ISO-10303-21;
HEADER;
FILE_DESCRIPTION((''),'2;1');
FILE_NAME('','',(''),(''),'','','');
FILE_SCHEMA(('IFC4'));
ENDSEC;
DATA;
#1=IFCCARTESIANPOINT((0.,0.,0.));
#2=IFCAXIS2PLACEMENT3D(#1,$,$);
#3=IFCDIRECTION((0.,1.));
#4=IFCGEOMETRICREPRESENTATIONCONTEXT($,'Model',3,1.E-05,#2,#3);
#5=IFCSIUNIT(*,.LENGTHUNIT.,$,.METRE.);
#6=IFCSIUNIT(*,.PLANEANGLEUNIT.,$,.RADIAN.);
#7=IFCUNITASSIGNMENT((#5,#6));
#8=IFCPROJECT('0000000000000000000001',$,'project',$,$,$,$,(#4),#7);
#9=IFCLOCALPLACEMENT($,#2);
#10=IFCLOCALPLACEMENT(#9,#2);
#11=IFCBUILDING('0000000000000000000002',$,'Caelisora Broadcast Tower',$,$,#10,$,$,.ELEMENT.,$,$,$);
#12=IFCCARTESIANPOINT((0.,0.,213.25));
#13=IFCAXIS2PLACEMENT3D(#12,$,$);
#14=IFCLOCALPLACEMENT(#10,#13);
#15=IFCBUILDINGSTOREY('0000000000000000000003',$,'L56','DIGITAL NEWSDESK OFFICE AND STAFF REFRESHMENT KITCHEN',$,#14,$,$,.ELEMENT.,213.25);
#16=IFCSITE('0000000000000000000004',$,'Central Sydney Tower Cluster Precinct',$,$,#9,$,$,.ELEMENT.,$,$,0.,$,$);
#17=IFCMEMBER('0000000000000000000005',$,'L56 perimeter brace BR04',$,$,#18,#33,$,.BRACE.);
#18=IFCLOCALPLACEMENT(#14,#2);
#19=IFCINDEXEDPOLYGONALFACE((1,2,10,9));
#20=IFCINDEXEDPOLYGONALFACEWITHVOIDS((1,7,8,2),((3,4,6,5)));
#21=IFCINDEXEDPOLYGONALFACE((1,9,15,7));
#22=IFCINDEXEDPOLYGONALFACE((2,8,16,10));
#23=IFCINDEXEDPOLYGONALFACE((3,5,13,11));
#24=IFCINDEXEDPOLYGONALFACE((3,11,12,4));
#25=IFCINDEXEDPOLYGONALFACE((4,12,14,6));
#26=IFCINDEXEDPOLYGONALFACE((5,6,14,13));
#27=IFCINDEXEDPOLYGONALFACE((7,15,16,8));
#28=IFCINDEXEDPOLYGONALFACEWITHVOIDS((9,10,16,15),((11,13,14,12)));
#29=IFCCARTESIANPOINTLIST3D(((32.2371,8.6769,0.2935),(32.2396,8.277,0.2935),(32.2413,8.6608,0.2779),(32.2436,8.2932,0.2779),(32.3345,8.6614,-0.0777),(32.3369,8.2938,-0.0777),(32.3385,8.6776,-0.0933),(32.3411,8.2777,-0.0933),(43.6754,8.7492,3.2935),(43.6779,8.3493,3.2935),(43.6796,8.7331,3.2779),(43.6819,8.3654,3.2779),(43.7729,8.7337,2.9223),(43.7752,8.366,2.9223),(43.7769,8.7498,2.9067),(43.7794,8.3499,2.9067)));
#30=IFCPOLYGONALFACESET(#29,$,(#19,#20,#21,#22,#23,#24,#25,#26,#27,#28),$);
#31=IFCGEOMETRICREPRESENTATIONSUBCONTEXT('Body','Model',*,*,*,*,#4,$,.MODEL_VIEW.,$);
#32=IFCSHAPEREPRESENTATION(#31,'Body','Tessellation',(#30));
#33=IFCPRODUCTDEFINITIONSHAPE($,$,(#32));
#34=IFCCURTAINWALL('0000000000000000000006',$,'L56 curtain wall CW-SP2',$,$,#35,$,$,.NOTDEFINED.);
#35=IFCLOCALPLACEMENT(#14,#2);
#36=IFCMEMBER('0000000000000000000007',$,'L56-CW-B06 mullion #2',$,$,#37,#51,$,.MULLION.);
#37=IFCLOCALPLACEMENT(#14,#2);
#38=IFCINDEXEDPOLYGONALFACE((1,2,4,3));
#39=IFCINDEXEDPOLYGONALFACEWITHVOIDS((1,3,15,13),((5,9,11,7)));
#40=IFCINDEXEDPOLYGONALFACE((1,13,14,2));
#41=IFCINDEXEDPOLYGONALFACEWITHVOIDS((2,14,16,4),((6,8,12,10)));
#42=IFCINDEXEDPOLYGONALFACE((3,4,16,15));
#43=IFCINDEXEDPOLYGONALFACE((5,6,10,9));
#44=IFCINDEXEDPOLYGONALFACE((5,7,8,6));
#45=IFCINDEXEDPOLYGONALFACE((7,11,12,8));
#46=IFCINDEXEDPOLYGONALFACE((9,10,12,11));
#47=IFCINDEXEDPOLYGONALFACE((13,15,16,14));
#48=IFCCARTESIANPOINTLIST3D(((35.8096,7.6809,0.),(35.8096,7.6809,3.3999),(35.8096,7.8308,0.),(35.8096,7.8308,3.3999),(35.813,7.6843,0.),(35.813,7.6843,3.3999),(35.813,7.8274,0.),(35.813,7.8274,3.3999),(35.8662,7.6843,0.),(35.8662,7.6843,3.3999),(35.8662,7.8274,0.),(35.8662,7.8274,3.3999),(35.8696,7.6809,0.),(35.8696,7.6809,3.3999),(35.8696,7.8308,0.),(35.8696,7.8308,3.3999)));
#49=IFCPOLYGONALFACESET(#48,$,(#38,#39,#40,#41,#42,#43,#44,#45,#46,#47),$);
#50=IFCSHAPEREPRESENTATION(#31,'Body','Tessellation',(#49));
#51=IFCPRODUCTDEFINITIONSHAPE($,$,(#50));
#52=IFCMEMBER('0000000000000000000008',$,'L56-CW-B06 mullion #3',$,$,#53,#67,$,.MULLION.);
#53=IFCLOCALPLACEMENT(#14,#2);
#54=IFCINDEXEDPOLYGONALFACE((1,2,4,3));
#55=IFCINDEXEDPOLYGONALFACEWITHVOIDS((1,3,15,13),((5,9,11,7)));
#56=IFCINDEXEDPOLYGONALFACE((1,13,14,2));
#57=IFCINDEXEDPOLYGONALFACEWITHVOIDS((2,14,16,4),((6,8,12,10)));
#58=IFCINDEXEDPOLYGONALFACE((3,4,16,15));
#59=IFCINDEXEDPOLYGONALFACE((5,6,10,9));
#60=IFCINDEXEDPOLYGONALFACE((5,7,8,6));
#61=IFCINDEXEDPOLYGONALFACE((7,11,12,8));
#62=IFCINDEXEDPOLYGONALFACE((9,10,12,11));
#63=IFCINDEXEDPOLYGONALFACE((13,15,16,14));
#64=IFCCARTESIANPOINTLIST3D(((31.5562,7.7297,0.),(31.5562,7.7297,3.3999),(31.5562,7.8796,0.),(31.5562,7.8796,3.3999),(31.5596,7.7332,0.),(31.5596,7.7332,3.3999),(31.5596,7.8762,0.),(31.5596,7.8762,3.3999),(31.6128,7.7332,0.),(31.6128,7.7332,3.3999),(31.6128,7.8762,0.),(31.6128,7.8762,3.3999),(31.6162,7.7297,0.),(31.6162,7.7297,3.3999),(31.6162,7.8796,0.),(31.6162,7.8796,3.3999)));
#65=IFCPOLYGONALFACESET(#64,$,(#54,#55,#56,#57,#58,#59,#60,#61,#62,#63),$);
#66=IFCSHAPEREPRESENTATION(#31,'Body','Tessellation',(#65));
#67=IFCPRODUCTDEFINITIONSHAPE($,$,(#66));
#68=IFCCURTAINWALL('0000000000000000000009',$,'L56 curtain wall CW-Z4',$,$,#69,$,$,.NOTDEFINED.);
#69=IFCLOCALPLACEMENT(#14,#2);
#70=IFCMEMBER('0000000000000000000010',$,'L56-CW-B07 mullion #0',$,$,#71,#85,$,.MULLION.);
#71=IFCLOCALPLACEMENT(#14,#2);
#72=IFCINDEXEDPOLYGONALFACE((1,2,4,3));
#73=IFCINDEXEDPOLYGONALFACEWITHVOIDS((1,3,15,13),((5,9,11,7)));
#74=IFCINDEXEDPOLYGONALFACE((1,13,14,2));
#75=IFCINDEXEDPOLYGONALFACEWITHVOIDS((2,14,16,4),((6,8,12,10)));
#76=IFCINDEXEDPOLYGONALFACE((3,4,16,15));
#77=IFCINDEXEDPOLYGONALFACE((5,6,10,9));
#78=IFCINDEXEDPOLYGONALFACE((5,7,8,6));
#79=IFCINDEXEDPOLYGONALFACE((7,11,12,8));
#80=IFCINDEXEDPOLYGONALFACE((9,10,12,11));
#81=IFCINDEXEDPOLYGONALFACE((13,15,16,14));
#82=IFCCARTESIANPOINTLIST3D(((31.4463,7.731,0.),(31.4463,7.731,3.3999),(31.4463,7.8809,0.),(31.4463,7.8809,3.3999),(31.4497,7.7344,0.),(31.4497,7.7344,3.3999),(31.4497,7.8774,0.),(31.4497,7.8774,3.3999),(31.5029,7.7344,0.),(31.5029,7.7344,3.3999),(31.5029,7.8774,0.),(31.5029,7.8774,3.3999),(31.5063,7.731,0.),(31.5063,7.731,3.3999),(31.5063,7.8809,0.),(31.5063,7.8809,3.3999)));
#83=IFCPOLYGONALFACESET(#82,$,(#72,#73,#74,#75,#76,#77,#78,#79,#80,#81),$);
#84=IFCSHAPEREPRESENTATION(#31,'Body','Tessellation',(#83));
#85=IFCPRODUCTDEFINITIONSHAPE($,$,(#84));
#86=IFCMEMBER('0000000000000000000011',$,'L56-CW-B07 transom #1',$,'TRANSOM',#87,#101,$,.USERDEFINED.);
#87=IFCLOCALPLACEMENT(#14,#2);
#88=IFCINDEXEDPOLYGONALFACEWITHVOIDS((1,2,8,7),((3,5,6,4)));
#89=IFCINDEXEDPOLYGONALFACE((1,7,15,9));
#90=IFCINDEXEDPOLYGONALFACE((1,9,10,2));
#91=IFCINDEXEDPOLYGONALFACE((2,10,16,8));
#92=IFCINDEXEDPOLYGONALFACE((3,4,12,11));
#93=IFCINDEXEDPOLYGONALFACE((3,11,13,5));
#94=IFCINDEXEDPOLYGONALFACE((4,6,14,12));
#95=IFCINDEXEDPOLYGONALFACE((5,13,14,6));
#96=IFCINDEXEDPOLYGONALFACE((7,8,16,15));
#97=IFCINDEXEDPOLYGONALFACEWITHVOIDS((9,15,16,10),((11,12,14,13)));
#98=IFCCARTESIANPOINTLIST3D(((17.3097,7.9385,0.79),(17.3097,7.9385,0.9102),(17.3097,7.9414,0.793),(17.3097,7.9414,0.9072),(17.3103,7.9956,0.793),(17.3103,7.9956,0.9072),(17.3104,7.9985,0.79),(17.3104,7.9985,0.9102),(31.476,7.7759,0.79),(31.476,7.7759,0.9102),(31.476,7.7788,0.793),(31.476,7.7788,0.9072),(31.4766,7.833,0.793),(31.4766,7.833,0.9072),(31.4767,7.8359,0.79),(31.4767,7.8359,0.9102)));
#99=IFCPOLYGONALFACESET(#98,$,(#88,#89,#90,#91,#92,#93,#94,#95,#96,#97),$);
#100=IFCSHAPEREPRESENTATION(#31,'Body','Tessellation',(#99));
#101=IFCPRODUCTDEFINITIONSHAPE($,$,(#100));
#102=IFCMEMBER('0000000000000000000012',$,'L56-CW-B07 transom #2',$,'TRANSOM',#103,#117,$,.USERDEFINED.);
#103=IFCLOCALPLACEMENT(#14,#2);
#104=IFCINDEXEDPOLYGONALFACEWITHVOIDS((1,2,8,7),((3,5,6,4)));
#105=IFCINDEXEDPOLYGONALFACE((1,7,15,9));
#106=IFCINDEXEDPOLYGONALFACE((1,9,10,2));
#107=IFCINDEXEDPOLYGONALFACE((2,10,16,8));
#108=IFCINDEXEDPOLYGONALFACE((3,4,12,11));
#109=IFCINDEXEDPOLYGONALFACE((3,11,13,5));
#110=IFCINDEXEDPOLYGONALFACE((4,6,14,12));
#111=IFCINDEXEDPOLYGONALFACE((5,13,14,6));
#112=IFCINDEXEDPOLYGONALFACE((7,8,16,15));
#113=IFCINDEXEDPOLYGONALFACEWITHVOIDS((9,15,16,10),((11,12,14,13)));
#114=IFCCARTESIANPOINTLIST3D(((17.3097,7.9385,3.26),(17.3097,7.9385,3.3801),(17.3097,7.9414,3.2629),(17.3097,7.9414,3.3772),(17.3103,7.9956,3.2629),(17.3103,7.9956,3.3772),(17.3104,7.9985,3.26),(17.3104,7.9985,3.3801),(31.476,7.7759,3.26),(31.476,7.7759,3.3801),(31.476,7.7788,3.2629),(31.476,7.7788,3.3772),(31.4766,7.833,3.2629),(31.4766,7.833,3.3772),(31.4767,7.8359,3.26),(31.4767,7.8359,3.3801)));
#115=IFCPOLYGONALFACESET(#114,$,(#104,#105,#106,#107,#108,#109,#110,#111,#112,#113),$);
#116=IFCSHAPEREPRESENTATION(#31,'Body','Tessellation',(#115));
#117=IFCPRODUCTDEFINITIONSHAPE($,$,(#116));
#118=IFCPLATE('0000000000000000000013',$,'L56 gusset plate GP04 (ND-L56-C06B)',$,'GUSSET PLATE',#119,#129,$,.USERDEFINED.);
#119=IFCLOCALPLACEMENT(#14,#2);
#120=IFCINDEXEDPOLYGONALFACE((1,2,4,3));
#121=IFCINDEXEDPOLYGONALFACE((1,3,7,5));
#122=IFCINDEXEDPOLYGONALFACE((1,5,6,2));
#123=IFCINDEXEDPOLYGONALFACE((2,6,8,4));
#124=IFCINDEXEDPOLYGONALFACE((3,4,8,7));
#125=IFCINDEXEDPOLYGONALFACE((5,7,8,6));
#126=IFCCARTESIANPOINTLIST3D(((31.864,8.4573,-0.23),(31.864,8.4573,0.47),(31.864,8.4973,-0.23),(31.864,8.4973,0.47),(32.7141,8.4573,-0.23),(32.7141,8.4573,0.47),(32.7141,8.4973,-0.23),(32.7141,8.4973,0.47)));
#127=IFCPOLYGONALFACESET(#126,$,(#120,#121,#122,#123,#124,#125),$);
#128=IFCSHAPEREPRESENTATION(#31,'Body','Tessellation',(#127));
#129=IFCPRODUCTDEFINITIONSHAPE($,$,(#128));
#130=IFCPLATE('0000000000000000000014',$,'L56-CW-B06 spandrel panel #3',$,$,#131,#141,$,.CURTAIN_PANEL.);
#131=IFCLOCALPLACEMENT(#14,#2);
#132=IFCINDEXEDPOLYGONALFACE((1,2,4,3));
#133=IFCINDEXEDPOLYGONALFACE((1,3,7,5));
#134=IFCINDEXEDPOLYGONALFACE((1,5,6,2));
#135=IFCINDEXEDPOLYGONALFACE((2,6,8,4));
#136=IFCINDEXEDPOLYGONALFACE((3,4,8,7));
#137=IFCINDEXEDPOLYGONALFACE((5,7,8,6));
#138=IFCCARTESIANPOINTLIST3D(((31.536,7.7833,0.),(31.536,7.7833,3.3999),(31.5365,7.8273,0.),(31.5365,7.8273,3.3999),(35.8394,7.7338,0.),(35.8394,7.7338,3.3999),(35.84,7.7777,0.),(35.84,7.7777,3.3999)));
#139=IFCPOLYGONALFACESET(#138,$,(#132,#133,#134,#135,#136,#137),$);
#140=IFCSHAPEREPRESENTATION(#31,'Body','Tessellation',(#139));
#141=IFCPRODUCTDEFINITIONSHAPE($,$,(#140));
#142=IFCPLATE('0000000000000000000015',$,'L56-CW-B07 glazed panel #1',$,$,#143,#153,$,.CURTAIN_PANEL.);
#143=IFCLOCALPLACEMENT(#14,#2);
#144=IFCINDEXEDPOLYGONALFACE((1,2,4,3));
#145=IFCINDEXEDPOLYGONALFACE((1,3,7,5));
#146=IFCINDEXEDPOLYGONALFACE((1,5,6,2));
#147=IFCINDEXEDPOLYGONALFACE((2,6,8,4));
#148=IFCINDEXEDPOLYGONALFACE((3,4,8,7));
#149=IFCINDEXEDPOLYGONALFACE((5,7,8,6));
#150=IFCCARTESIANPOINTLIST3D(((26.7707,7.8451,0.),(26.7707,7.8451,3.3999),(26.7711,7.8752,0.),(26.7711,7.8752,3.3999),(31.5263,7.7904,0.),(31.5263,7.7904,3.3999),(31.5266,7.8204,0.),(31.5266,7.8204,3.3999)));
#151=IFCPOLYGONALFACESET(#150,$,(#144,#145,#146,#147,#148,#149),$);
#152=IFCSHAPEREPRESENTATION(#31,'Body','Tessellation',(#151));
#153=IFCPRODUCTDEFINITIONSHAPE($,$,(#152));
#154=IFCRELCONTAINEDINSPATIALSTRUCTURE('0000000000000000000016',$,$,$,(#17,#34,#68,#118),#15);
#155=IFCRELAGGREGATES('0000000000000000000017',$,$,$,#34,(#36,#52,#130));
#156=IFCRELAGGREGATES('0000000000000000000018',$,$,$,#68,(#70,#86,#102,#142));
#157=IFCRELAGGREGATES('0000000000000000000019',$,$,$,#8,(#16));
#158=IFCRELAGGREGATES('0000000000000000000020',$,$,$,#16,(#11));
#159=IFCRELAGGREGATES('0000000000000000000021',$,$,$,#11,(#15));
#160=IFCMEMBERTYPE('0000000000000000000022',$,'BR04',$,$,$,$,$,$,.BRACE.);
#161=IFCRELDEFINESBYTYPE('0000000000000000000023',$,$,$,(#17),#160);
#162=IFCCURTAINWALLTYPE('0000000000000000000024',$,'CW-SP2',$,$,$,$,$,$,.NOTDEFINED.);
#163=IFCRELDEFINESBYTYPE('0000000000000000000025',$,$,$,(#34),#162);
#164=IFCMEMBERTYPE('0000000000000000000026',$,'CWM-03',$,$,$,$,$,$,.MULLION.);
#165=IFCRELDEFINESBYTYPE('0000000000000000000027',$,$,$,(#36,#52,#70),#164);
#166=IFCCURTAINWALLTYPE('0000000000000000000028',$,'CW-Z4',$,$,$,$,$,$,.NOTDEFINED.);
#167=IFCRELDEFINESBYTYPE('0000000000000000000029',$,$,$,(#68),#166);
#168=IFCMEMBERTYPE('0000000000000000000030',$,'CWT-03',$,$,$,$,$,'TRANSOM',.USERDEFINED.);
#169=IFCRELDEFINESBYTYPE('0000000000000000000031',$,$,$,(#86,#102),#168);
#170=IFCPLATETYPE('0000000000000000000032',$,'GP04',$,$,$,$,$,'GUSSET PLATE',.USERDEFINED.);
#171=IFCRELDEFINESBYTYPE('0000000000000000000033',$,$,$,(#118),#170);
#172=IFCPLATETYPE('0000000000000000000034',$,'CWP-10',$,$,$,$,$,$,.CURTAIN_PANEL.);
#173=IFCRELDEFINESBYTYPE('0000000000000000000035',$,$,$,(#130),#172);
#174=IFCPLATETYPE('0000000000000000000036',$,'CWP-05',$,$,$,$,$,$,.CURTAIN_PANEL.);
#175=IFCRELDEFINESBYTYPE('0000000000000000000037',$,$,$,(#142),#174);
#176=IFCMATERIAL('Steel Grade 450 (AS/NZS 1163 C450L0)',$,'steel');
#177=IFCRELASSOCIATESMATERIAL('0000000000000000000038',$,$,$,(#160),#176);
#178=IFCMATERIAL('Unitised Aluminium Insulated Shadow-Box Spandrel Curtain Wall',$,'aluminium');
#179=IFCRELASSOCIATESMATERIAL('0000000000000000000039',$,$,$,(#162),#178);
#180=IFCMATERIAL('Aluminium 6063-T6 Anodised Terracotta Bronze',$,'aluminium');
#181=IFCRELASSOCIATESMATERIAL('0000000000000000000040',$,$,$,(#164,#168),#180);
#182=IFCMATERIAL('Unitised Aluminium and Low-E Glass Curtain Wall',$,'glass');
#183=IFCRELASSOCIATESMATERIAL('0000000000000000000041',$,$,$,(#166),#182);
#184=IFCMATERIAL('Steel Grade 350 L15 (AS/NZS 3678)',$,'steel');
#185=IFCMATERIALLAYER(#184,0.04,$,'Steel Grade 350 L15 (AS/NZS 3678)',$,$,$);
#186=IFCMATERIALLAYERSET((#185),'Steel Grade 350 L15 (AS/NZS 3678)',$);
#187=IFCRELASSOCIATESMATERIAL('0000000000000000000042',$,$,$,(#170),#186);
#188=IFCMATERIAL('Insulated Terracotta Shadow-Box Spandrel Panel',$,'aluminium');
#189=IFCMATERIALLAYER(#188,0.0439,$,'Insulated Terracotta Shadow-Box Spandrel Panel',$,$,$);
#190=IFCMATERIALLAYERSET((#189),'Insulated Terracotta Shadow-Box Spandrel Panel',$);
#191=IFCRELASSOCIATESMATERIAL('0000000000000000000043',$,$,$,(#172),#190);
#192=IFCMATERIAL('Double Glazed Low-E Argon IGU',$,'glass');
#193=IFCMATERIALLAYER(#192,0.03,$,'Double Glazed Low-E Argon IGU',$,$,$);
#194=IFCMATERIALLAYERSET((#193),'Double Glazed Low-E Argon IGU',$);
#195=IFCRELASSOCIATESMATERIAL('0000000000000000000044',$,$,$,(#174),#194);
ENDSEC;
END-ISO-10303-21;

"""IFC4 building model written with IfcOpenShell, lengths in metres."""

from ifc_helpers import new_model, si_unit, direction, frame, origin, origin_2d, place, context, subcontext, project, spatial, rectangle, hollow_rectangle, extrude, source, transform, mapped, material, layer, layer_set, material_profile, profile_set, type_object, type_shapes, element, aggregate, save


model = new_model("IFC4")

# Units and contexts
model_context = context("Model", 3, precision=1e-05, world=origin(), true_north=direction((0.0, 1.0)))
body_context = subcontext(model_context, "Body", "Model", "MODEL_VIEW")
ifc_project = project(units=[si_unit("LENGTHUNIT", "METRE"), si_unit("PLANEANGLEUNIT", "RADIAN")], contexts=[model_context])

# Site, building, storey
site_placement = place(None, origin())
site = spatial("IfcSite", under=ifc_project, at=site_placement, Name="Central Sydney Tower Cluster Precinct", CompositionType="ELEMENT", RefElevation=0.0)
building_placement = place(site_placement, origin())
building = spatial("IfcBuilding", under=site, at=building_placement, Name="Caelisora Broadcast Tower", CompositionType="ELEMENT")
storey_placement = place(building_placement, frame((0.0, 0.0, 213.25)))
storey = spatial("IfcBuildingStorey", under=building, at=storey_placement, Name="L56", Description="DIGITAL NEWSDESK OFFICE AND STAFF REFRESHMENT KITCHEN", CompositionType="ELEMENT", Elevation=213.25)

# Shared definitions
ifc_material_1 = material(Name="Steel Grade 350 L15 (AS/NZS 3678)", Category="steel")

# Member
ifc_material_2 = material(Name="Steel Grade 450 (AS/NZS 1163 C450L0)", Category="steel")
ifc_material_profile_1 = material_profile(ifc_material_2, hollow_rectangle(XDim=0.3999, YDim=0.3999, WallThickness=0.0161, at=origin_2d()), Name="Steel Grade 450 (AS/NZS 1163 C450L0)")
ifc_profile_set_1 = profile_set([ifc_material_profile_1], Name="Steel Grade 450 (AS/NZS 1163 C450L0)")
member_type_1 = type_object("IfcMemberType", Name="BR04", PredefinedType="BRACE", material=ifc_profile_set_1)
shared_shape_1 = source(origin(), body_context, "Body", "SweptSolid", [
    extrude(hollow_rectangle(XDim=0.3999, YDim=0.3999, WallThickness=0.0161, at=origin_2d()), origin(), (0.0, 0.0, 1.0), 11.8254),
])
type_shapes(member_type_1, [shared_shape_1])
member_1_placement = place(storey_placement, frame((32.2891, 8.4773, 0.1001), z_axis=(0.967266, 0.006111, 0.253693), x_axis=(-0.006318, 0.99998, 0.0)))
element("IfcMember", 1, at=member_1_placement, inside=storey, type_object=member_type_1, Name="L56 perimeter brace BR04", PredefinedType="BRACE", context=body_context, shape_type="MappedRepresentation", body=[
    mapped(shared_shape_1, transform((0.0, 0.0, 0.0), scale=1.0)),
])

# Curtain walls, members
ifc_material_3 = material(Name="Unitised Aluminium Insulated Shadow-Box Spandrel Curtain Wall", Category="aluminium")
curtain_wall_type_1 = type_object("IfcCurtainWallType", Name="CW-SP2", PredefinedType="NOTDEFINED", material=ifc_material_3)
curtain_wall_1_placement = place(storey_placement, origin())
curtain_wall_1 = element("IfcCurtainWall", 2, at=curtain_wall_1_placement, inside=storey, type_object=curtain_wall_type_1, Name="L56 curtain wall CW-SP2", PredefinedType="NOTDEFINED")
ifc_material_4 = material(Name="Aluminium 6063-T6 Anodised Terracotta Bronze", Category="aluminium")
ifc_material_profile_2 = material_profile(ifc_material_4, hollow_rectangle(XDim=0.0601, YDim=0.1499, WallThickness=0.0034, at=origin_2d()), Name="Aluminium 6063-T6 Anodised Terracotta Bronze")
ifc_profile_set_2 = profile_set([ifc_material_profile_2], Name="Aluminium 6063-T6 Anodised Terracotta Bronze")
member_type_2 = type_object("IfcMemberType", Name="CWM-03", PredefinedType="MULLION", material=ifc_profile_set_2)
shared_shape_2 = source(origin(), body_context, "Body", "SweptSolid", [
    extrude(hollow_rectangle(XDim=0.0601, YDim=0.1499, WallThickness=0.0034, at=origin_2d()), origin(), (0.0, 0.0, 1.0), 3.3999),
])
type_shapes(member_type_2, [shared_shape_2])
member_2_placement = place(storey_placement, frame((35.8396, 7.7559, 0.0), z_axis=(0.0, 0.0, 1.0), x_axis=(1.0, 0.0, 0.0)))
member_2 = element("IfcMember", 3, at=member_2_placement, type_object=member_type_2, Name="L56-CW-B06 mullion #2", PredefinedType="MULLION", context=body_context, shape_type="MappedRepresentation", body=[
    mapped(shared_shape_2, transform((0.0, 0.0, 0.0), scale=1.0)),
])
member_3_placement = place(storey_placement, frame((31.5862, 7.8047, 0.0), z_axis=(0.0, 0.0, 1.0), x_axis=(1.0, 0.0, 0.0)))
member_3 = element("IfcMember", 4, at=member_3_placement, type_object=member_type_2, Name="L56-CW-B06 mullion #3", PredefinedType="MULLION", context=body_context, shape_type="MappedRepresentation", body=[
    mapped(shared_shape_2, transform((0.0, 0.0, 0.0), scale=1.0)),
])
ifc_material_5 = material(Name="Unitised Aluminium and Low-E Glass Curtain Wall", Category="glass")
curtain_wall_type_2 = type_object("IfcCurtainWallType", Name="CW-Z4", PredefinedType="NOTDEFINED", material=ifc_material_5)
curtain_wall_2_placement = place(storey_placement, origin())
curtain_wall_2 = element("IfcCurtainWall", 5, at=curtain_wall_2_placement, inside=storey, type_object=curtain_wall_type_2, Name="L56 curtain wall CW-Z4", PredefinedType="NOTDEFINED")
member_4_placement = place(storey_placement, frame((31.4763, 7.8059, 0.0), z_axis=(0.0, 0.0, 1.0), x_axis=(1.0, 0.0, 0.0)))
member_4 = element("IfcMember", 6, at=member_4_placement, type_object=member_type_2, Name="L56-CW-B07 mullion #0", PredefinedType="MULLION", context=body_context, shape_type="MappedRepresentation", body=[
    mapped(shared_shape_2, transform((0.0, 0.0, 0.0), scale=1.0)),
])
ifc_material_profile_3 = material_profile(ifc_material_4, hollow_rectangle(XDim=0.0601, YDim=0.1201, WallThickness=0.0029, at=origin_2d()), Name="Aluminium 6063-T6 Anodised Terracotta Bronze")
ifc_profile_set_3 = profile_set([ifc_material_profile_3], Name="Aluminium 6063-T6 Anodised Terracotta Bronze")
member_type_3 = type_object("IfcMemberType", Name="CWT-03", ElementType="TRANSOM", PredefinedType="USERDEFINED", material=ifc_profile_set_3)
shared_shape_3 = source(origin(), body_context, "Body", "SweptSolid", [
    extrude(hollow_rectangle(XDim=0.0601, YDim=0.1201, WallThickness=0.0029, at=origin_2d()), origin(), (0.0, 0.0, 1.0), 14.1672),
])
type_shapes(member_type_3, [shared_shape_3])
member_5_placement = place(storey_placement, frame((31.4763, 7.8059, 0.8501), z_axis=(-0.999934, 0.011477, 0.0), x_axis=(-0.011477, -0.999934, 0.0)))
member_5 = element("IfcMember", 7, at=member_5_placement, type_object=member_type_3, Name="L56-CW-B07 transom #1", ObjectType="TRANSOM", PredefinedType="USERDEFINED", context=body_context, shape_type="MappedRepresentation", body=[
    mapped(shared_shape_3, transform((0.0, 0.0, 0.0), scale=1.0)),
])
member_6_placement = place(storey_placement, frame((31.4763, 7.8059, 3.3201), z_axis=(-0.999934, 0.011477, 0.0), x_axis=(-0.011477, -0.999934, 0.0)))
member_6 = element("IfcMember", 8, at=member_6_placement, type_object=member_type_3, Name="L56-CW-B07 transom #2", ObjectType="TRANSOM", PredefinedType="USERDEFINED", context=body_context, shape_type="MappedRepresentation", body=[
    mapped(shared_shape_3, transform((0.0, 0.0, 0.0), scale=1.0)),
])

# Plates
ifc_layer_1 = layer(ifc_material_1, 0.04, Name="Steel Grade 350 L15 (AS/NZS 3678)")
ifc_layer_set_1 = layer_set([ifc_layer_1], Name="Steel Grade 350 L15 (AS/NZS 3678)")
plate_type_1 = type_object("IfcPlateType", Name="GP04", ElementType="GUSSET PLATE", PredefinedType="USERDEFINED", material=ifc_layer_set_1)
shared_shape_4 = source(origin(), body_context, "Body", "SweptSolid", [
    extrude(rectangle(XDim=0.8501, YDim=0.04, at=origin_2d()), origin(), (0.0, 0.0, 1.0), 0.7),
])
type_shapes(plate_type_1, [shared_shape_4])
plate_1_placement = place(storey_placement, frame((32.2891, 8.4773, -0.23), z_axis=(0.0, 0.0, 1.0), x_axis=(1.0, 0.0, 0.0)))
element("IfcPlate", 9, at=plate_1_placement, inside=storey, type_object=plate_type_1, Name="L56 gusset plate GP04 (ND-L56-C06B)", ObjectType="GUSSET PLATE", PredefinedType="USERDEFINED", context=body_context, shape_type="MappedRepresentation", body=[
    mapped(shared_shape_4, transform((0.0, 0.0, 0.0), scale=1.0)),
])
ifc_material_6 = material(Name="Insulated Terracotta Shadow-Box Spandrel Panel", Category="aluminium")
ifc_layer_2 = layer(ifc_material_6, 0.0439, Name="Insulated Terracotta Shadow-Box Spandrel Panel")
ifc_layer_set_2 = layer_set([ifc_layer_2], Name="Insulated Terracotta Shadow-Box Spandrel Panel")
plate_type_2 = type_object("IfcPlateType", Name="CWP-10", PredefinedType="CURTAIN_PANEL", material=ifc_layer_set_2)
shared_shape_5 = source(origin(), body_context, "Body", "SweptSolid", [
    extrude(rectangle(XDim=4.3037, YDim=0.0439, at=origin_2d()), origin(), (0.0, 0.0, 1.0), 3.3999),
])
type_shapes(plate_type_2, [shared_shape_5])
plate_2_placement = place(storey_placement, frame((33.688, 7.7805, 0.0), z_axis=(0.0, 0.0, 1.0), x_axis=(-0.999934, 0.011519, 0.0)))
plate_2 = element("IfcPlate", 10, at=plate_2_placement, type_object=plate_type_2, Name="L56-CW-B06 spandrel panel #3", PredefinedType="CURTAIN_PANEL", context=body_context, shape_type="MappedRepresentation", body=[
    mapped(shared_shape_5, transform((0.0, 0.0, 0.0), scale=1.0)),
])
aggregate(curtain_wall_1, [member_2, member_3, plate_2])
ifc_material_7 = material(Name="Double Glazed Low-E Argon IGU", Category="glass")
ifc_layer_3 = layer(ifc_material_7, 0.03, Name="Double Glazed Low-E Argon IGU")
ifc_layer_set_3 = layer_set([ifc_layer_3], Name="Double Glazed Low-E Argon IGU")
plate_type_3 = type_object("IfcPlateType", Name="CWP-05", PredefinedType="CURTAIN_PANEL", material=ifc_layer_set_3)
shared_shape_6 = source(origin(), body_context, "Body", "SweptSolid", [
    extrude(rectangle(XDim=4.7559, YDim=0.03, at=origin_2d()), origin(), (0.0, 0.0, 1.0), 3.3999),
])
type_shapes(plate_type_3, [shared_shape_6])
plate_3_placement = place(storey_placement, frame((29.1487, 7.8328, 0.0), z_axis=(0.0, 0.0, 1.0), x_axis=(-0.999934, 0.011519, 0.0)))
plate_3 = element("IfcPlate", 11, at=plate_3_placement, type_object=plate_type_3, Name="L56-CW-B07 glazed panel #1", PredefinedType="CURTAIN_PANEL", context=body_context, shape_type="MappedRepresentation", body=[
    mapped(shared_shape_6, transform((0.0, 0.0, 0.0), scale=1.0)),
])
aggregate(curtain_wall_2, [member_4, member_5, member_6, plate_3])

save(model, "model.ifc")
